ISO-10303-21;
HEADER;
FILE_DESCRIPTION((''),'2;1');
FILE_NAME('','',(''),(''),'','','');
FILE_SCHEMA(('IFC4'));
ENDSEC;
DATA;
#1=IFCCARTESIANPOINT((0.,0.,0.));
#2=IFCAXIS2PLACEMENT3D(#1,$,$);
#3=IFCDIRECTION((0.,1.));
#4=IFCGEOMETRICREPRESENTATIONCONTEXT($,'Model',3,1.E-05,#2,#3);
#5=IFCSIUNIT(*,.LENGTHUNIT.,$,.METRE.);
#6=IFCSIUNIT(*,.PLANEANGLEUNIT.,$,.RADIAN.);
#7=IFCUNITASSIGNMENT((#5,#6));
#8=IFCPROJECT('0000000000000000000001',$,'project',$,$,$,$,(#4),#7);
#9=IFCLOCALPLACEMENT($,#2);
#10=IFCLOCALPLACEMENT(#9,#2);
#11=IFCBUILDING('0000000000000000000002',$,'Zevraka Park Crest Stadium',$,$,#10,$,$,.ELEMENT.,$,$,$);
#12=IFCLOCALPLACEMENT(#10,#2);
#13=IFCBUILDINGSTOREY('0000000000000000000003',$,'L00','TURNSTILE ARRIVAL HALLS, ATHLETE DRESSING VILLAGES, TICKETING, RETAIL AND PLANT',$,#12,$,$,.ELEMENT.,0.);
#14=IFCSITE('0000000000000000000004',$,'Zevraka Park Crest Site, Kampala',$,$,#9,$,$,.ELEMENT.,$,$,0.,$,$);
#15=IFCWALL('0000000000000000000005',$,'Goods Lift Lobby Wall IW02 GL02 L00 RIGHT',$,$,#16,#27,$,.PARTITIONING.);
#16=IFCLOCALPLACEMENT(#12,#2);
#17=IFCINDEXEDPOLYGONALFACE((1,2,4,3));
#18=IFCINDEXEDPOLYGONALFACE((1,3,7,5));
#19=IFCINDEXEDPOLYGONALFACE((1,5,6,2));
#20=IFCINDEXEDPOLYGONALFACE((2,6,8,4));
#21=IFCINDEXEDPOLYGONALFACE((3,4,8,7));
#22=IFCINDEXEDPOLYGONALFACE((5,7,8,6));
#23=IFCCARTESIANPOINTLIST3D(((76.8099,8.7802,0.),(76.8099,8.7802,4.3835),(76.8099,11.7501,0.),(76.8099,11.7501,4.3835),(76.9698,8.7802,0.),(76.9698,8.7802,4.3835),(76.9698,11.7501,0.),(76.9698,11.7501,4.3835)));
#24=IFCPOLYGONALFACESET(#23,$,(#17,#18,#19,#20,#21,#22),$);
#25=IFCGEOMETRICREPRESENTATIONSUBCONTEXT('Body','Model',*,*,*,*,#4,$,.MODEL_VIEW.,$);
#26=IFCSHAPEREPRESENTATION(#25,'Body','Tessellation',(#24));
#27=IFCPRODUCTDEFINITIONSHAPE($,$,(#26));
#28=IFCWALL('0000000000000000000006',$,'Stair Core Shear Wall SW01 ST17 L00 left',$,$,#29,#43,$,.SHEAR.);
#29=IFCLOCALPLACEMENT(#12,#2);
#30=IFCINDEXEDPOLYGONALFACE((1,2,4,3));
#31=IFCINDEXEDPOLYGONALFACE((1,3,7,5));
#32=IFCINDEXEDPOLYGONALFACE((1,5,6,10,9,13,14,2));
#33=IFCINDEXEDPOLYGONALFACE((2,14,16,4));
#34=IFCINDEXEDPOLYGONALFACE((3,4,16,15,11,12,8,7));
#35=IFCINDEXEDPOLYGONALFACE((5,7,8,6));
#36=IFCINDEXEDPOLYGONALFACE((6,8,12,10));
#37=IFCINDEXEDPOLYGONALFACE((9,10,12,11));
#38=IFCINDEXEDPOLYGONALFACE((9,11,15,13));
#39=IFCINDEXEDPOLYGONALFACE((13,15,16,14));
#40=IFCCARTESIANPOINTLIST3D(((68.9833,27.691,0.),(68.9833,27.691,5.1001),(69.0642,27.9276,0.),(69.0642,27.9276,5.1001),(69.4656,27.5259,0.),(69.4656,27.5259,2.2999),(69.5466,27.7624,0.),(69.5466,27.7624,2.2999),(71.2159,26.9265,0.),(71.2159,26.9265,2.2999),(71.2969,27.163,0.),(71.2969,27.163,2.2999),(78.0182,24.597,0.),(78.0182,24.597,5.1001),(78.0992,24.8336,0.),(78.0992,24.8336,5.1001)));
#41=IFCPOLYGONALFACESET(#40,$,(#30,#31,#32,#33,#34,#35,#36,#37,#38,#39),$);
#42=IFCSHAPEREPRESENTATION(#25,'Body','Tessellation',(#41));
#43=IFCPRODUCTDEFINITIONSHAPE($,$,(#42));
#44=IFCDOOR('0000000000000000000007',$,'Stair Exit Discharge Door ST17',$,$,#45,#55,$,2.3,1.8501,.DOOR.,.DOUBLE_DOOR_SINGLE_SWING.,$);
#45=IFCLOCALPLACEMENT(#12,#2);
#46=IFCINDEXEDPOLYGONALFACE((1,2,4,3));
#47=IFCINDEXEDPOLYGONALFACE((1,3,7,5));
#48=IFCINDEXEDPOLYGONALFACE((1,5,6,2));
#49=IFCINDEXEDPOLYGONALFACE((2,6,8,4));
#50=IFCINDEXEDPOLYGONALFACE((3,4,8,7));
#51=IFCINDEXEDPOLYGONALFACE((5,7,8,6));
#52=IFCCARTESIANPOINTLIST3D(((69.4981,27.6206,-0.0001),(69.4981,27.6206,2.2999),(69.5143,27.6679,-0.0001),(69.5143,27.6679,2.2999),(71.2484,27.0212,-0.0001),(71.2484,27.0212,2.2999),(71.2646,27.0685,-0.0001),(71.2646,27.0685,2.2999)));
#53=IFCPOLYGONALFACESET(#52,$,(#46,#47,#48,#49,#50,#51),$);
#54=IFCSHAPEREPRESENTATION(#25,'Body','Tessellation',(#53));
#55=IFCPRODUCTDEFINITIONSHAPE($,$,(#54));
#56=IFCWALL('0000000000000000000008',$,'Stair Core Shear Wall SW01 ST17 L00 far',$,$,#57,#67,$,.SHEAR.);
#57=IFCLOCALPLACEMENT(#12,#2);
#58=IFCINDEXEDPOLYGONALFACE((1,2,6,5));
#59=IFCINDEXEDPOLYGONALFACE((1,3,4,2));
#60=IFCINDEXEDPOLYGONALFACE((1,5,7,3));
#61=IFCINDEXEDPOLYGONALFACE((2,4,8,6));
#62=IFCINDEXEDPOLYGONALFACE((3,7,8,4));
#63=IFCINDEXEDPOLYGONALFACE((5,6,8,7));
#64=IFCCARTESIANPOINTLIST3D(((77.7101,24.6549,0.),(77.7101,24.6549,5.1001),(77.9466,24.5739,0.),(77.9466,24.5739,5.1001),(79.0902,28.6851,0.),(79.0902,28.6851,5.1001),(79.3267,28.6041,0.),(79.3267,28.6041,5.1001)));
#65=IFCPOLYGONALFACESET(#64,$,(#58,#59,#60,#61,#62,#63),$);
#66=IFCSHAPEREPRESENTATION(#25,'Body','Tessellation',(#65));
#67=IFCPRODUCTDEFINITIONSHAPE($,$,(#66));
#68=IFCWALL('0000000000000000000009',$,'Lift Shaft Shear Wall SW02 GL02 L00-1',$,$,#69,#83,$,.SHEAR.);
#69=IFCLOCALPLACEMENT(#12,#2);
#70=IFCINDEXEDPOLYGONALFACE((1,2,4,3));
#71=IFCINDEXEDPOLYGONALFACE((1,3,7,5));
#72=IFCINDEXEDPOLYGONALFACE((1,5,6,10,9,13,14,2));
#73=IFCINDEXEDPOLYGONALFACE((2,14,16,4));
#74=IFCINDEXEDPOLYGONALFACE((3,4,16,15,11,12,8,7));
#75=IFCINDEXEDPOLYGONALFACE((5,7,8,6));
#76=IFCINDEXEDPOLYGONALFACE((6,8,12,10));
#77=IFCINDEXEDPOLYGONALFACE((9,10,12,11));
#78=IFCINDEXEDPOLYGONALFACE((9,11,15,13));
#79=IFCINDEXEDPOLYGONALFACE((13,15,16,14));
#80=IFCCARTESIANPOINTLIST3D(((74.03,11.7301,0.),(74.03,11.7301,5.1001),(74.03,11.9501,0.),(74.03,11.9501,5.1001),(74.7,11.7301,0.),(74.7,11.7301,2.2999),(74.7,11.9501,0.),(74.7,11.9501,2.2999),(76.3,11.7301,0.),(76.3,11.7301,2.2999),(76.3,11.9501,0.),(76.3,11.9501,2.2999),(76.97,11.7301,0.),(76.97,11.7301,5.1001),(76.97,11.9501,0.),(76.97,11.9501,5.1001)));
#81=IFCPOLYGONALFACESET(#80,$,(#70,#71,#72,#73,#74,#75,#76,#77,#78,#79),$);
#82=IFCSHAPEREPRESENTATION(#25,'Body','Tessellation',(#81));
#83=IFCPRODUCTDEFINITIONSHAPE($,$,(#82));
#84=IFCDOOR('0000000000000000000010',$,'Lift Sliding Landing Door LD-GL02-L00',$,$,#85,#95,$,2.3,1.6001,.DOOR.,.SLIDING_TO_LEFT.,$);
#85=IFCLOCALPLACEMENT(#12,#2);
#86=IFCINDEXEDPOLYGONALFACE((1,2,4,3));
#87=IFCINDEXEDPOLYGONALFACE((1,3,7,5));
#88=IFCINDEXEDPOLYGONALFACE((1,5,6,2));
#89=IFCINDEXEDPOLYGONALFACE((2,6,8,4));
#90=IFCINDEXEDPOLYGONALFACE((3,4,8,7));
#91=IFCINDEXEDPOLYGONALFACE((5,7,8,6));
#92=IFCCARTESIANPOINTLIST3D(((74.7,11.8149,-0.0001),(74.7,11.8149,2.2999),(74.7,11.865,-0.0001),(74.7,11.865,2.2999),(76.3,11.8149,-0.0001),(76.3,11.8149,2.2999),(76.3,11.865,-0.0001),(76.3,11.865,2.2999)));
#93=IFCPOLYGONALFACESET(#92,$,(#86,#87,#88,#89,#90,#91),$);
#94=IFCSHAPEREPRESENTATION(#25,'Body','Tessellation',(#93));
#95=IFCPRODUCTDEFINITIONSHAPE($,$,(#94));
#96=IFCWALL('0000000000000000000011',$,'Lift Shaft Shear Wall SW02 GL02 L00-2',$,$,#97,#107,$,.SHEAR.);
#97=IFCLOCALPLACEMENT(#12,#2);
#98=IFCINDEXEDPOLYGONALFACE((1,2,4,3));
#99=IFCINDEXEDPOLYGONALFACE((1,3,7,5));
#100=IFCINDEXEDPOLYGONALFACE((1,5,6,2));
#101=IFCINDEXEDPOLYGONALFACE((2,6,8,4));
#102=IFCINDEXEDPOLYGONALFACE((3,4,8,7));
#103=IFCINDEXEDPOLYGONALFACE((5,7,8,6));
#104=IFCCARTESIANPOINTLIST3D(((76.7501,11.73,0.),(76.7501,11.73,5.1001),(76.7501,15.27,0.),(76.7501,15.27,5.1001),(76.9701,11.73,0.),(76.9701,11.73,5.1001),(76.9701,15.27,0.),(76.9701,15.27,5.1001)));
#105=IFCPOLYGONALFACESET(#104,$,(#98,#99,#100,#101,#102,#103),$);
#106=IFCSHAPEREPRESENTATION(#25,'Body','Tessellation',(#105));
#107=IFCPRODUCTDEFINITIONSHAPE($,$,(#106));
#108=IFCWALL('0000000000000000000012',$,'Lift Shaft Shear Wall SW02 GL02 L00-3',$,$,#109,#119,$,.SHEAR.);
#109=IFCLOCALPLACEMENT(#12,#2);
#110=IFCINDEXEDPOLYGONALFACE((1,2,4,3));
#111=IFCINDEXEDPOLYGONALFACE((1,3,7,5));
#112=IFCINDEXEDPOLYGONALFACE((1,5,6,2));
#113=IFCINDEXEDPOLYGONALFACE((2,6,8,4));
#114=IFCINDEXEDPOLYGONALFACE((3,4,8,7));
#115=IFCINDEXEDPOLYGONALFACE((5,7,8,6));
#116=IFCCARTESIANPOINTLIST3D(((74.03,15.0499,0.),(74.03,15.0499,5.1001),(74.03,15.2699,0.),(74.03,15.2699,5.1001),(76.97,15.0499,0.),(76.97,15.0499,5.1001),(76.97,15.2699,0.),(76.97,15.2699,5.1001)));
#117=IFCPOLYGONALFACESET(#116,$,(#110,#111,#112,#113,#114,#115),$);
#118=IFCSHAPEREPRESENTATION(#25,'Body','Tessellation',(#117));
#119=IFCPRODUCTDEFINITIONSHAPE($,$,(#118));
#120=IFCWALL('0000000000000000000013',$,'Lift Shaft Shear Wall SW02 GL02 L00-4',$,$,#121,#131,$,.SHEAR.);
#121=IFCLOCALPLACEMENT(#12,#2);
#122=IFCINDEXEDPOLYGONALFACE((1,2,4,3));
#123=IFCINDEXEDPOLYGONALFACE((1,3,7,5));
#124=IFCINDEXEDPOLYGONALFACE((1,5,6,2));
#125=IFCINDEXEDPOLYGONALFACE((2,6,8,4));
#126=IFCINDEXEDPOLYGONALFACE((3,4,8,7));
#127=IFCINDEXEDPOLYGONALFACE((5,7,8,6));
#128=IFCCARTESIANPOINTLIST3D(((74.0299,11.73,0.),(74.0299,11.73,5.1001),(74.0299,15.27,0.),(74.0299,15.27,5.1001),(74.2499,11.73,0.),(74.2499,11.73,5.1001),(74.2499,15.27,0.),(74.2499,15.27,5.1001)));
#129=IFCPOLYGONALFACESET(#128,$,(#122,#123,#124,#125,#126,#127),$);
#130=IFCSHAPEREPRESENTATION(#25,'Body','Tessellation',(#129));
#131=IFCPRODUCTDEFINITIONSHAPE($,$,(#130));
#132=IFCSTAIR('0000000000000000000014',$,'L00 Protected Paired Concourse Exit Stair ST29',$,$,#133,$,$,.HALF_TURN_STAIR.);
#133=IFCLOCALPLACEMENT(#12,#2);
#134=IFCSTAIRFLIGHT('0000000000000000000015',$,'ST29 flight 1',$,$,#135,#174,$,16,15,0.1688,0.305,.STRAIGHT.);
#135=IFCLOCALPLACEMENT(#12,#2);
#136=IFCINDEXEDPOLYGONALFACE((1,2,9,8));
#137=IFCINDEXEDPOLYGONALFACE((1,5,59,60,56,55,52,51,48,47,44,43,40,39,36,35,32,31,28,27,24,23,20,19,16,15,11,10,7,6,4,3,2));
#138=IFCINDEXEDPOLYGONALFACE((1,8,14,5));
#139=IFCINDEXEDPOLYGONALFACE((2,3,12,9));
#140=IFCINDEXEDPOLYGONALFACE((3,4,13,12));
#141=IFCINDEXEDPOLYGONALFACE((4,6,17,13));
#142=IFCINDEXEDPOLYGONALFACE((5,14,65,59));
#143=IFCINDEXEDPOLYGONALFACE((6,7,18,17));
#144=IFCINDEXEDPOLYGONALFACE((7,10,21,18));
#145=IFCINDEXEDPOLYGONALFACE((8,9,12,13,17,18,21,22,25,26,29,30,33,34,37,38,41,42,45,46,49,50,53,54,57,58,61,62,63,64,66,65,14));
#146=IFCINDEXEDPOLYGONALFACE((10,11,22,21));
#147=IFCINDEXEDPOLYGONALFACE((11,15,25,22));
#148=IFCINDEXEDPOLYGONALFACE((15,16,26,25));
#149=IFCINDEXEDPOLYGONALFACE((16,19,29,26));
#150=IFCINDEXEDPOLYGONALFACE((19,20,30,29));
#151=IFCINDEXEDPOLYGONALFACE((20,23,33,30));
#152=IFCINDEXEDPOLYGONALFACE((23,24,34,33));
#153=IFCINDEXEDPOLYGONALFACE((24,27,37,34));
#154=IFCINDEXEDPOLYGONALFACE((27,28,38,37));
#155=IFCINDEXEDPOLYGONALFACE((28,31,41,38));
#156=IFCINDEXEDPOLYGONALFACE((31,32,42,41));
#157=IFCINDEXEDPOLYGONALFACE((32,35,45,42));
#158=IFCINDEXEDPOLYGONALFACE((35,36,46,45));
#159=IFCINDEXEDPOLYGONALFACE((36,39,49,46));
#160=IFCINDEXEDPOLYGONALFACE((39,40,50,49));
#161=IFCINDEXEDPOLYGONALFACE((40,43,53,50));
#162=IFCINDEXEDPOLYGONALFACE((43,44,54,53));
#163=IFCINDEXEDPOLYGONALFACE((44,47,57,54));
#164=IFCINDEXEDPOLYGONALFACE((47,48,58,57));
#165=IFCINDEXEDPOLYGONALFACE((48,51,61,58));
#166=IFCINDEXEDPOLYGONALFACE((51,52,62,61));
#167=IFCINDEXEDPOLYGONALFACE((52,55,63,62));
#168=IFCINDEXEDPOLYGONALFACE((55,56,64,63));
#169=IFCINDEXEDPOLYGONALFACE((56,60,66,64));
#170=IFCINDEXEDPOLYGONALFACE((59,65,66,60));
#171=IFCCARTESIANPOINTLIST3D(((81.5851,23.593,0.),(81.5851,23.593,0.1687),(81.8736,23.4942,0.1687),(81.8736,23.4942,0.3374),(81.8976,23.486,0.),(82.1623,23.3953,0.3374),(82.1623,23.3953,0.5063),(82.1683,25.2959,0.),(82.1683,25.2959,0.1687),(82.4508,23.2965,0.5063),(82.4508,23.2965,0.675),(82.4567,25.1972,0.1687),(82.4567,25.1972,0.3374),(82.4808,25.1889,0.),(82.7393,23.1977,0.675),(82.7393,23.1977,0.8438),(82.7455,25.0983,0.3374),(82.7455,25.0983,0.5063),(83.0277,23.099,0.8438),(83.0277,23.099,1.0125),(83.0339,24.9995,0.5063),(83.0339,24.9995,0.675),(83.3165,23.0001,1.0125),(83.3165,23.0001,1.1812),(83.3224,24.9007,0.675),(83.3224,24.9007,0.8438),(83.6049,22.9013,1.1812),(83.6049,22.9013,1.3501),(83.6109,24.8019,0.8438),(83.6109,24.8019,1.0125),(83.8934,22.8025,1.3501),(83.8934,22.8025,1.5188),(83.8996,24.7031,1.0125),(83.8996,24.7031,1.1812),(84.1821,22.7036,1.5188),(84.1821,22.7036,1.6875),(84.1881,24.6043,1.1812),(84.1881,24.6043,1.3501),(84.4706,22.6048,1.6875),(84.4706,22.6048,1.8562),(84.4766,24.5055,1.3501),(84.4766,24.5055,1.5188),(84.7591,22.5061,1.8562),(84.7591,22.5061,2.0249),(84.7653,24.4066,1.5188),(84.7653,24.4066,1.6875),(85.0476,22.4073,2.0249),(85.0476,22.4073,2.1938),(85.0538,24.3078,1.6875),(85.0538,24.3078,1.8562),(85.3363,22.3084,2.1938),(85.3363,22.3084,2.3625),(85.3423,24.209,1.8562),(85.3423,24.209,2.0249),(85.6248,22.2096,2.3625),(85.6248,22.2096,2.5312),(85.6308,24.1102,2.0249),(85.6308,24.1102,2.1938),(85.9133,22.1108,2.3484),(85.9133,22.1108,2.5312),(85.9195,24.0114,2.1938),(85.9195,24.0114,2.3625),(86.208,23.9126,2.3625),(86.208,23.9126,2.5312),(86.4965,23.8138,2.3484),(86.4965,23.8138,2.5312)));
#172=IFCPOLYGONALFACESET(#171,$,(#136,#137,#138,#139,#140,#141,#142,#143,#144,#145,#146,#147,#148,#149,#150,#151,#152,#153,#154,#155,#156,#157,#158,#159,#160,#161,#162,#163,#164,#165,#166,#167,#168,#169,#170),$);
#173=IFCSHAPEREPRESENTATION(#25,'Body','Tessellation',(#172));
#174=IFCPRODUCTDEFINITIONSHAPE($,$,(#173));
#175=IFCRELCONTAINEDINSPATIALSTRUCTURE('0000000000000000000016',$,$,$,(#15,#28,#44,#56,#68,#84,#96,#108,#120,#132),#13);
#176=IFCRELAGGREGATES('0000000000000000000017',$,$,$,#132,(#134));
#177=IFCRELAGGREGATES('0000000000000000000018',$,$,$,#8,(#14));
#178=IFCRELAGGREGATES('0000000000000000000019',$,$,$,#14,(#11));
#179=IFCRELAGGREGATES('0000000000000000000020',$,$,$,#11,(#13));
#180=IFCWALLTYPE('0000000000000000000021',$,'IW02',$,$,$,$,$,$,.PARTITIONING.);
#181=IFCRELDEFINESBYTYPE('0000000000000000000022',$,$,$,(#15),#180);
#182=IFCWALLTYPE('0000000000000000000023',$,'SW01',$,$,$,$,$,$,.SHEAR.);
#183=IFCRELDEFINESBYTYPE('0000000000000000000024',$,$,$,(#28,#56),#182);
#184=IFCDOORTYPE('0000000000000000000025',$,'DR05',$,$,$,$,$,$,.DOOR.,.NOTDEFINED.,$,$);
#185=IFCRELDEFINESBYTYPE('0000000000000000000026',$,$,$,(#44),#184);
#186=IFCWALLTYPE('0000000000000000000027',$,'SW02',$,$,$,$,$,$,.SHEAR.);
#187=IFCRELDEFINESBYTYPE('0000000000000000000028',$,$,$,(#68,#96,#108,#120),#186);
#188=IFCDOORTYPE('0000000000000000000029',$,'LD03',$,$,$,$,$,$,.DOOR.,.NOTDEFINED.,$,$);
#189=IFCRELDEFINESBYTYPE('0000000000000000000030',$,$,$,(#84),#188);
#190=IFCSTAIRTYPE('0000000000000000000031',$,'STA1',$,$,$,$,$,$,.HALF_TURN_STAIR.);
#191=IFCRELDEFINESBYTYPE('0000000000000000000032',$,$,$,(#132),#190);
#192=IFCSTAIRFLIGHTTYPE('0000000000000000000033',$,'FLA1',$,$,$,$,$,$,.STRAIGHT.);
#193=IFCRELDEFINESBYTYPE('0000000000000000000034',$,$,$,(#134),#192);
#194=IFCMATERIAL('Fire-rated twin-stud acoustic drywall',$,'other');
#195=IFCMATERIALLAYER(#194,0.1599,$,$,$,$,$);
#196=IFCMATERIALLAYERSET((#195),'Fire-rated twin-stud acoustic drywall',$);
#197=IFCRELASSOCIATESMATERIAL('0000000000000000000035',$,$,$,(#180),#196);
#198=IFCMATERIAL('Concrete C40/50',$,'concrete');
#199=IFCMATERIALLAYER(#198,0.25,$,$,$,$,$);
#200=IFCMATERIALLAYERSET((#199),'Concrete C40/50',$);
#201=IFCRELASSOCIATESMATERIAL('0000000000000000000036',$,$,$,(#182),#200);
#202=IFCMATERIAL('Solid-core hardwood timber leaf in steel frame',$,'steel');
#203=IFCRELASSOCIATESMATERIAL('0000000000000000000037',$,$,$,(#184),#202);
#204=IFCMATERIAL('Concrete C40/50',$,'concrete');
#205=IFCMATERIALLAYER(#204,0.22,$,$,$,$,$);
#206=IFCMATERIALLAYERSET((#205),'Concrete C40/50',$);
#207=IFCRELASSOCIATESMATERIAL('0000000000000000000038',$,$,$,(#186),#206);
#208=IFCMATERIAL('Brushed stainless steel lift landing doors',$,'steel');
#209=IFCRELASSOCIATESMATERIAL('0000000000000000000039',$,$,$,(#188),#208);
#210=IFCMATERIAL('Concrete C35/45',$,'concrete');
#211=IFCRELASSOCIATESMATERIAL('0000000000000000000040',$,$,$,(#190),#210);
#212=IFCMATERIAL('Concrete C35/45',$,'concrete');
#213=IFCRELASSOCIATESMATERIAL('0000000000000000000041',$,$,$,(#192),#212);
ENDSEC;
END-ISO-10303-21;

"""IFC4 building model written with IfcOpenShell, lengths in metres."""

from ifc_helpers import new_model, si_unit, direction, frame, frame_2d, origin, place, context, subcontext, project, spatial, polyline, rectangle, outline, extrude, material, layer, layer_set, type_object, element, fill, aggregate, save


model = new_model("IFC4")

# Units and contexts
model_context = context("Model", 3, precision=1e-05, world=origin(), true_north=direction((0.0, 1.0)))
body_context = subcontext(model_context, "Body", "Model", "MODEL_VIEW")
ifc_project = project(units=[si_unit("LENGTHUNIT", "METRE"), si_unit("PLANEANGLEUNIT", "RADIAN")], contexts=[model_context])

# Site, building, storey
site_placement = place(None, origin())
site = spatial("IfcSite", under=ifc_project, at=site_placement, Name="Zevraka Park Crest Site, Kampala", CompositionType="ELEMENT", RefElevation=0.0)
building_placement = place(site_placement, origin())
building = spatial("IfcBuilding", under=site, at=building_placement, Name="Zevraka Park Crest Stadium", CompositionType="ELEMENT")
storey_placement = place(building_placement, origin())
storey = spatial("IfcBuildingStorey", under=building, at=storey_placement, Name="L00", Description="TURNSTILE ARRIVAL HALLS, ATHLETE DRESSING VILLAGES, TICKETING, RETAIL AND PLANT", CompositionType="ELEMENT", Elevation=0.0)

# Wall
ifc_material_1 = material(Name="Fire-rated twin-stud acoustic drywall", Category="other")
ifc_layer_1 = layer(ifc_material_1, 0.1599)
ifc_layer_set_1 = layer_set([ifc_layer_1], Name="Fire-rated twin-stud acoustic drywall")
wall_type_1 = type_object("IfcWallType", Name="IW02", PredefinedType="PARTITIONING", material=ifc_layer_set_1)
for number, where, z_axis, x_axis, name in (
    (1, (76.8899, 11.75, 0.0), (0.0, 0.0, 1.0), (0.0, -1.0, 0.0), "Goods Lift Lobby Wall IW02 GL02 L00 RIGHT"),
):
    element("IfcWall", number, at=place(storey_placement, frame(where, z_axis=z_axis, x_axis=x_axis)), inside=storey, type_object=wall_type_1, Name=name, PredefinedType="PARTITIONING", context=body_context, shape_type="SweptSolid", body=[
        extrude(rectangle(XDim=2.97, YDim=0.1599, at=frame_2d((1.4849, 0.0))), origin(), (0.0, 0.0, 1.0), 4.3835),
    ])

# Wall, opening, door
ifc_material_2 = material(Name="Concrete C40/50", Category="concrete")
ifc_layer_2 = layer(ifc_material_2, 0.25)
ifc_layer_set_2 = layer_set([ifc_layer_2], Name="Concrete C40/50")
wall_type_2 = type_object("IfcWallType", Name="SW01", PredefinedType="SHEAR", material=ifc_layer_set_2)
wall_1_placement = place(storey_placement, frame((78.0586, 24.7153, 0.0), z_axis=(0.0, 0.0, 1.0), x_axis=(-0.946064, 0.323979, 0.0)))
wall_1 = element("IfcWall", 2, at=wall_1_placement, inside=storey, type_object=wall_type_2, Name="Stair Core Shear Wall SW01 ST17 L00 left", PredefinedType="SHEAR", context=body_context, shape_type="SweptSolid", body=[
    extrude(rectangle(XDim=9.55, YDim=0.25, at=frame_2d((4.7749, 0.0))), origin(), (0.0, 0.0, 1.0), 5.1001),
])
opening_1_placement = place(wall_1_placement, frame((7.1899, 0.0, 0.0)))
opening_1 = element("IfcOpeningElement", 3, at=opening_1_placement, cuts=wall_1, PredefinedType="OPENING", context=body_context, shape_type="SweptSolid", body=[
    extrude(rectangle(XDim=1.8501, YDim=2.3, at=frame_2d((0.925, 1.1499))), frame((0.0, 0.135, 0.0), z_axis=(0.0, -1.0, 0.0), x_axis=(1.0, 0.0, 0.0)), (0.0, 0.0, 1.0), 0.27),
])
ifc_material_3 = material(Name="Solid-core hardwood timber leaf in steel frame", Category="steel")
door_type_1 = type_object("IfcDoorType", Name="DR05", OperationType="NOTDEFINED", PredefinedType="DOOR", material=ifc_material_3)
door_1_placement = place(opening_1_placement, origin())
door_1 = element("IfcDoor", 4, at=door_1_placement, inside=storey, type_object=door_type_1, Name="Stair Exit Discharge Door ST17", OperationType="DOUBLE_DOOR_SINGLE_SWING", OverallHeight=2.3, OverallWidth=1.8501, PredefinedType="DOOR", context=body_context, shape_type="SweptSolid", body=[
    extrude(rectangle(XDim=1.8501, YDim=2.3, at=frame_2d((0.925, 1.1499))), frame((0.0, 0.0249, 0.0), z_axis=(0.0, -1.0, 0.0), x_axis=(1.0, 0.0, 0.0)), (0.0, 0.0, 1.0), 0.05),
])
fill(opening_1, door_1)

# Wall
wall_2_placement = place(storey_placement, frame((77.8284, 24.6145, 0.0), z_axis=(0.0, 0.0, 1.0), x_axis=(0.323971, 0.946067, 0.0)))
element("IfcWall", 5, at=wall_2_placement, inside=storey, type_object=wall_type_2, Name="Stair Core Shear Wall SW01 ST17 L00 far", PredefinedType="SHEAR", context=body_context, shape_type="SweptSolid", body=[
    extrude(rectangle(XDim=4.26, YDim=0.25, at=frame_2d((2.1299, 0.0))), origin(), (0.0, 0.0, 1.0), 5.1001),
])

# Wall, opening, door
ifc_material_4 = material(Name="Concrete C40/50", Category="concrete")
ifc_layer_3 = layer(ifc_material_4, 0.22)
ifc_layer_set_3 = layer_set([ifc_layer_3], Name="Concrete C40/50")
wall_type_3 = type_object("IfcWallType", Name="SW02", PredefinedType="SHEAR", material=ifc_layer_set_3)
wall_3_placement = place(storey_placement, frame((74.03, 11.8401, 0.0), z_axis=(0.0, 0.0, 1.0), x_axis=(1.0, 0.0, 0.0)))
wall_3 = element("IfcWall", 6, at=wall_3_placement, inside=storey, type_object=wall_type_3, Name="Lift Shaft Shear Wall SW02 GL02 L00-1", PredefinedType="SHEAR", context=body_context, shape_type="SweptSolid", body=[
    extrude(rectangle(XDim=2.9399, YDim=0.22, at=frame_2d((1.47, 0.0))), origin(), (0.0, 0.0, 1.0), 5.1001),
])
opening_2_placement = place(wall_3_placement, frame((0.6699, 0.0, 0.0)))
opening_2 = element("IfcOpeningElement", 7, at=opening_2_placement, cuts=wall_3, PredefinedType="OPENING", context=body_context, shape_type="SweptSolid", body=[
    extrude(rectangle(XDim=1.6001, YDim=2.3, at=frame_2d((0.8, 1.1499))), frame((0.0, 0.1199, 0.0), z_axis=(0.0, -1.0, 0.0), x_axis=(1.0, 0.0, 0.0)), (0.0, 0.0, 1.0), 0.24),
])
ifc_material_5 = material(Name="Brushed stainless steel lift landing doors", Category="steel")
door_type_2 = type_object("IfcDoorType", Name="LD03", OperationType="NOTDEFINED", PredefinedType="DOOR", material=ifc_material_5)
door_2_placement = place(opening_2_placement, origin())
door_2 = element("IfcDoor", 8, at=door_2_placement, inside=storey, type_object=door_type_2, Name="Lift Sliding Landing Door LD-GL02-L00", OperationType="SLIDING_TO_LEFT", OverallHeight=2.3, OverallWidth=1.6001, PredefinedType="DOOR", context=body_context, shape_type="SweptSolid", body=[
    extrude(rectangle(XDim=1.6001, YDim=2.3, at=frame_2d((0.8, 1.1499))), frame((0.0, 0.0249, 0.0), z_axis=(0.0, -1.0, 0.0), x_axis=(1.0, 0.0, 0.0)), (0.0, 0.0, 1.0), 0.05),
])
fill(opening_2, door_2)

# Walls
wall_4_placement = place(storey_placement, frame((76.8601, 11.73, 0.0), z_axis=(0.0, 0.0, 1.0), x_axis=(0.0, 1.0, 0.0)))
element("IfcWall", 9, at=wall_4_placement, inside=storey, type_object=wall_type_3, Name="Lift Shaft Shear Wall SW02 GL02 L00-2", PredefinedType="SHEAR", context=body_context, shape_type="SweptSolid", body=[
    extrude(rectangle(XDim=3.54, YDim=0.22, at=frame_2d((1.77, 0.0))), origin(), (0.0, 0.0, 1.0), 5.1001),
])
wall_5_placement = place(storey_placement, frame((76.97, 15.1599, 0.0), z_axis=(0.0, 0.0, 1.0), x_axis=(-1.0, 0.0, 0.0)))
element("IfcWall", 10, at=wall_5_placement, inside=storey, type_object=wall_type_3, Name="Lift Shaft Shear Wall SW02 GL02 L00-3", PredefinedType="SHEAR", context=body_context, shape_type="SweptSolid", body=[
    extrude(rectangle(XDim=2.9399, YDim=0.22, at=frame_2d((1.47, 0.0))), origin(), (0.0, 0.0, 1.0), 5.1001),
])
wall_6_placement = place(storey_placement, frame((74.1399, 15.27, 0.0), z_axis=(0.0, 0.0, 1.0), x_axis=(0.0, -1.0, 0.0)))
element("IfcWall", 11, at=wall_6_placement, inside=storey, type_object=wall_type_3, Name="Lift Shaft Shear Wall SW02 GL02 L00-4", PredefinedType="SHEAR", context=body_context, shape_type="SweptSolid", body=[
    extrude(rectangle(XDim=3.54, YDim=0.22, at=frame_2d((1.77, 0.0))), origin(), (0.0, 0.0, 1.0), 5.1001),
])

# Stair, stair flight
ifc_material_6 = material(Name="Concrete C35/45", Category="concrete")
stair_type = type_object("IfcStairType", Name="STA1", PredefinedType="HALF_TURN_STAIR", material=ifc_material_6)
stair_placement = place(storey_placement, origin())
stair = element("IfcStair", 12, at=stair_placement, inside=storey, type_object=stair_type, Name="L00 Protected Paired Concourse Exit Stair ST29", PredefinedType="HALF_TURN_STAIR")
ifc_material_7 = material(Name="Concrete C35/45", Category="concrete")
stair_flight_type = type_object("IfcStairFlightType", Name="FLA1", PredefinedType="STRAIGHT", material=ifc_material_7)
stair_flight_placement = place(storey_placement, frame((81.8767, 24.4446, 0.0), z_axis=(0.0, 0.0, 1.0), x_axis=(0.946066, -0.323974, 0.0)))
stair_flight = element("IfcStairFlight", 13, at=stair_flight_placement, type_object=stair_flight_type, Name="ST29 flight 1", NumberOfRisers=16, NumberOfTreads=15, PredefinedType="STRAIGHT", RiserHeight=0.1688, TreadLength=0.305, context=body_context, shape_type="SweptSolid", body=[
    extrude(outline(polyline([(0.0, 0.0), (0.0, 0.1687), (0.3049, 0.1687), (0.3049, 0.3374), (0.6101, 0.3374), (0.6101, 0.5063), (0.915, 0.5063), (0.915, 0.675), (1.22, 0.675), (1.22, 0.8438), (1.5249, 0.8438), (1.5249, 1.0125), (1.8301, 1.0125), (1.8301, 1.1812), (2.135, 1.1812), (2.135, 1.3501), (2.4399, 1.3501), (2.4399, 1.5188), (2.7451, 1.5188), (2.7451, 1.6875), (3.05, 1.6875), (3.05, 1.8562), (3.355, 1.8562), (3.355, 2.0249), (3.6599, 2.0249), (3.6599, 2.1938), (3.9651, 2.1938), (3.9651, 2.3625), (4.27, 2.3625), (4.27, 2.5312), (4.575, 2.5312), (4.575, 2.7), (4.575, 2.3484), (0.3303, 0.0), (0.0, 0.0)])), frame((0.0, 0.8999, 0.0), z_axis=(0.0, -1.0, 0.0), x_axis=(1.0, 0.0, 0.0)), (0.0, 0.0, 1.0), 1.8),
])
aggregate(stair, [stair_flight])

save(model, "model.ifc")
